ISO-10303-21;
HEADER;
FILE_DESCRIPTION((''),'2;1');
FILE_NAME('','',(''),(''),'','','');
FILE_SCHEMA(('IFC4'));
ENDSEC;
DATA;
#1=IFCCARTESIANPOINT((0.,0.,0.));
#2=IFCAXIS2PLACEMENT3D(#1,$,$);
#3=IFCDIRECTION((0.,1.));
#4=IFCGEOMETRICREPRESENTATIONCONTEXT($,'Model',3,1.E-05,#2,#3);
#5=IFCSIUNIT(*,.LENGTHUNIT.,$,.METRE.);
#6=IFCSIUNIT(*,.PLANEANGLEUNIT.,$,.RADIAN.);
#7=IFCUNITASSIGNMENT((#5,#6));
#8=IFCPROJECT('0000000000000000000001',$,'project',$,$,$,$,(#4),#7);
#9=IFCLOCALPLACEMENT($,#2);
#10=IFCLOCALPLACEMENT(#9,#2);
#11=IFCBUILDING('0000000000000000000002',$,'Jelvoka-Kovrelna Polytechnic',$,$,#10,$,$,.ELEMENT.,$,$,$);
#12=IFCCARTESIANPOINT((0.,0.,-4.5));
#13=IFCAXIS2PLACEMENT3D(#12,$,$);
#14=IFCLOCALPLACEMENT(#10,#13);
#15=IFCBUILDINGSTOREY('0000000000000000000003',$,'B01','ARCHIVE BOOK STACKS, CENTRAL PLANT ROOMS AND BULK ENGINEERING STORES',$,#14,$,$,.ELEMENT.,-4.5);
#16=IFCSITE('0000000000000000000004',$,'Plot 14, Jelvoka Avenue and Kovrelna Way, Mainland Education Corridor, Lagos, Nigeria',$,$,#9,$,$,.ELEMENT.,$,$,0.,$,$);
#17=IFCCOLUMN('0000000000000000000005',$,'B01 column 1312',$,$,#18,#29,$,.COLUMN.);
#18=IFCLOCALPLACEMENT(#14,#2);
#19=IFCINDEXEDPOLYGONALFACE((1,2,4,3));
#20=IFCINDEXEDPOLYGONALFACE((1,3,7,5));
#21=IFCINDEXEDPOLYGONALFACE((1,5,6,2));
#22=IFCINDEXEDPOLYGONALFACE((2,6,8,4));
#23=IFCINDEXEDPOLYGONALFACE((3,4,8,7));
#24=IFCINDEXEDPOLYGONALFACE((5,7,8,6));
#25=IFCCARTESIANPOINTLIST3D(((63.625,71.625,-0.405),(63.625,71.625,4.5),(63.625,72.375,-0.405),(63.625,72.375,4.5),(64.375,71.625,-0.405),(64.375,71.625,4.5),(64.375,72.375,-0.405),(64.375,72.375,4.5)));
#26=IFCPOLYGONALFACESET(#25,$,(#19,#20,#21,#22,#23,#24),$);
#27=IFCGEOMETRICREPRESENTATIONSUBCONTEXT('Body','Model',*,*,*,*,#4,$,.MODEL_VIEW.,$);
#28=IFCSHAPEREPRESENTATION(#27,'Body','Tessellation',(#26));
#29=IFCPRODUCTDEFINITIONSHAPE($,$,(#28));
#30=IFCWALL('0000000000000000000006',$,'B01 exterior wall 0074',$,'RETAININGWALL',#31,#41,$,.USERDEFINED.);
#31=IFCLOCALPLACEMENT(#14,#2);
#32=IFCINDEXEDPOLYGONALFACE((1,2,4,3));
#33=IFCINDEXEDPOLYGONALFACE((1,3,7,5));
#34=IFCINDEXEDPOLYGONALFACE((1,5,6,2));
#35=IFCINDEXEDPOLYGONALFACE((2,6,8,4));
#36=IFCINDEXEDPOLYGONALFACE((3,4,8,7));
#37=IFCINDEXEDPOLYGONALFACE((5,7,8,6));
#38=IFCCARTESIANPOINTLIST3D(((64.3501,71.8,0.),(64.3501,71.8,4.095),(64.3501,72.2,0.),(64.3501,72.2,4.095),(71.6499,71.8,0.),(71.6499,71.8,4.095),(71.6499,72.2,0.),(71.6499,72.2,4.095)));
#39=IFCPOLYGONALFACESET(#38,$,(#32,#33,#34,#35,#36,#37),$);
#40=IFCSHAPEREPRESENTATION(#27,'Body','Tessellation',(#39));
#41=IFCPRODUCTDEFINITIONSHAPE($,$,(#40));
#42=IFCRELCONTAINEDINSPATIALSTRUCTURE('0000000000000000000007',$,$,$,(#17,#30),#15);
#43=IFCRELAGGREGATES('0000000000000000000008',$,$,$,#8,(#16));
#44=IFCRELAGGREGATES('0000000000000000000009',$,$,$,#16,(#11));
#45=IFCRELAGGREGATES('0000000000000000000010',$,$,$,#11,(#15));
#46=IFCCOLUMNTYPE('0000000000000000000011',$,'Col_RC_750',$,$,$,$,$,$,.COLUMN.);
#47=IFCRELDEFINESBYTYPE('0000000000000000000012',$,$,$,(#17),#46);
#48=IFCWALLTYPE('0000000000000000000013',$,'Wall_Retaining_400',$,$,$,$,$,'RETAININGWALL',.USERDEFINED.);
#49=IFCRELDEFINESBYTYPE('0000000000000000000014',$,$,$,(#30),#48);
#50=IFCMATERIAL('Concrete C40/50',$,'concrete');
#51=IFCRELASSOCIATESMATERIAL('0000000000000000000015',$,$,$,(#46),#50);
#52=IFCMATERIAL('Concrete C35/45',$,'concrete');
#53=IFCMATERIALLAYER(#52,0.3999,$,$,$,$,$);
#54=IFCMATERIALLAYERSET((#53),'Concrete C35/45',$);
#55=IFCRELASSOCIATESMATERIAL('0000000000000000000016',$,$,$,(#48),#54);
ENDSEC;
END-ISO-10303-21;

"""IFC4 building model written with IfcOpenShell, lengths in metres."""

from ifc_helpers import new_model, si_unit, direction, frame, frame_2d, origin, origin_2d, place, context, subcontext, project, spatial, rectangle, extrude, material, layer, layer_set, material_profile, profile_set, type_object, element, save


model = new_model("IFC4")

# Units and contexts
model_context = context("Model", 3, precision=1e-05, world=origin(), true_north=direction((0.0, 1.0)))
body_context = subcontext(model_context, "Body", "Model", "MODEL_VIEW")
ifc_project = project(units=[si_unit("LENGTHUNIT", "METRE"), si_unit("PLANEANGLEUNIT", "RADIAN")], contexts=[model_context])

# Site, building, storey
site_placement = place(None, origin())
site = spatial("IfcSite", under=ifc_project, at=site_placement, Name="Plot 14, Jelvoka Avenue and Kovrelna Way, Mainland Education Corridor, Lagos, Nigeria", CompositionType="ELEMENT", RefElevation=0.0)
building_placement = place(site_placement, origin())
building = spatial("IfcBuilding", under=site, at=building_placement, Name="Jelvoka-Kovrelna Polytechnic", CompositionType="ELEMENT")
storey_placement = place(building_placement, frame((0.0, 0.0, -4.5)))
storey = spatial("IfcBuildingStorey", under=building, at=storey_placement, Name="B01", Description="ARCHIVE BOOK STACKS, CENTRAL PLANT ROOMS AND BULK ENGINEERING STORES", CompositionType="ELEMENT", Elevation=-4.5)

# Column
ifc_material_1 = material(Name="Concrete C40/50", Category="concrete")
ifc_material_profile_1 = material_profile(ifc_material_1, rectangle(XDim=0.75, YDim=0.75, at=origin_2d()), Name="RC 750x750")
ifc_profile_set_1 = profile_set([ifc_material_profile_1], Name="Concrete C40/50")
column_type = type_object("IfcColumnType", Name="Col_RC_750", PredefinedType="COLUMN", material=ifc_profile_set_1)
for number, where, z_axis, x_axis, name in (
    (1, (64.0, 72.0, -0.405), (0.0, 0.0, 1.0), (1.0, 0.0, 0.0), "B01 column 1312"),
):
    element("IfcColumn", number, at=place(storey_placement, frame(where, z_axis=z_axis, x_axis=x_axis)), inside=storey, type_object=column_type, Name=name, PredefinedType="COLUMN", context=body_context, shape_type="SweptSolid", body=[
        extrude(rectangle(XDim=0.75, YDim=0.75, at=origin_2d()), origin(), (0.0, 0.0, 1.0), 4.905),
    ])

# Wall
ifc_material_2 = material(Name="Concrete C35/45", Category="concrete")
ifc_layer = layer(ifc_material_2, 0.3999)
ifc_layer_set = layer_set([ifc_layer], Name="Concrete C35/45")
wall_type = type_object("IfcWallType", Name="Wall_Retaining_400", ElementType="RETAININGWALL", PredefinedType="USERDEFINED", material=ifc_layer_set)
wall_placement = place(storey_placement, frame((64.3501, 72.0, 0.0), z_axis=(0.0, 0.0, 1.0), x_axis=(1.0, 0.0, 0.0)))
element("IfcWall", 2, at=wall_placement, inside=storey, type_object=wall_type, Name="B01 exterior wall 0074", ObjectType="RETAININGWALL", PredefinedType="USERDEFINED", context=body_context, shape_type="SweptSolid", body=[
    extrude(rectangle(XDim=7.2998, YDim=0.3999, at=frame_2d((3.6499, 0.0))), origin(), (0.0, 0.0, 1.0), 4.095),
])

save(model, "model.ifc")
